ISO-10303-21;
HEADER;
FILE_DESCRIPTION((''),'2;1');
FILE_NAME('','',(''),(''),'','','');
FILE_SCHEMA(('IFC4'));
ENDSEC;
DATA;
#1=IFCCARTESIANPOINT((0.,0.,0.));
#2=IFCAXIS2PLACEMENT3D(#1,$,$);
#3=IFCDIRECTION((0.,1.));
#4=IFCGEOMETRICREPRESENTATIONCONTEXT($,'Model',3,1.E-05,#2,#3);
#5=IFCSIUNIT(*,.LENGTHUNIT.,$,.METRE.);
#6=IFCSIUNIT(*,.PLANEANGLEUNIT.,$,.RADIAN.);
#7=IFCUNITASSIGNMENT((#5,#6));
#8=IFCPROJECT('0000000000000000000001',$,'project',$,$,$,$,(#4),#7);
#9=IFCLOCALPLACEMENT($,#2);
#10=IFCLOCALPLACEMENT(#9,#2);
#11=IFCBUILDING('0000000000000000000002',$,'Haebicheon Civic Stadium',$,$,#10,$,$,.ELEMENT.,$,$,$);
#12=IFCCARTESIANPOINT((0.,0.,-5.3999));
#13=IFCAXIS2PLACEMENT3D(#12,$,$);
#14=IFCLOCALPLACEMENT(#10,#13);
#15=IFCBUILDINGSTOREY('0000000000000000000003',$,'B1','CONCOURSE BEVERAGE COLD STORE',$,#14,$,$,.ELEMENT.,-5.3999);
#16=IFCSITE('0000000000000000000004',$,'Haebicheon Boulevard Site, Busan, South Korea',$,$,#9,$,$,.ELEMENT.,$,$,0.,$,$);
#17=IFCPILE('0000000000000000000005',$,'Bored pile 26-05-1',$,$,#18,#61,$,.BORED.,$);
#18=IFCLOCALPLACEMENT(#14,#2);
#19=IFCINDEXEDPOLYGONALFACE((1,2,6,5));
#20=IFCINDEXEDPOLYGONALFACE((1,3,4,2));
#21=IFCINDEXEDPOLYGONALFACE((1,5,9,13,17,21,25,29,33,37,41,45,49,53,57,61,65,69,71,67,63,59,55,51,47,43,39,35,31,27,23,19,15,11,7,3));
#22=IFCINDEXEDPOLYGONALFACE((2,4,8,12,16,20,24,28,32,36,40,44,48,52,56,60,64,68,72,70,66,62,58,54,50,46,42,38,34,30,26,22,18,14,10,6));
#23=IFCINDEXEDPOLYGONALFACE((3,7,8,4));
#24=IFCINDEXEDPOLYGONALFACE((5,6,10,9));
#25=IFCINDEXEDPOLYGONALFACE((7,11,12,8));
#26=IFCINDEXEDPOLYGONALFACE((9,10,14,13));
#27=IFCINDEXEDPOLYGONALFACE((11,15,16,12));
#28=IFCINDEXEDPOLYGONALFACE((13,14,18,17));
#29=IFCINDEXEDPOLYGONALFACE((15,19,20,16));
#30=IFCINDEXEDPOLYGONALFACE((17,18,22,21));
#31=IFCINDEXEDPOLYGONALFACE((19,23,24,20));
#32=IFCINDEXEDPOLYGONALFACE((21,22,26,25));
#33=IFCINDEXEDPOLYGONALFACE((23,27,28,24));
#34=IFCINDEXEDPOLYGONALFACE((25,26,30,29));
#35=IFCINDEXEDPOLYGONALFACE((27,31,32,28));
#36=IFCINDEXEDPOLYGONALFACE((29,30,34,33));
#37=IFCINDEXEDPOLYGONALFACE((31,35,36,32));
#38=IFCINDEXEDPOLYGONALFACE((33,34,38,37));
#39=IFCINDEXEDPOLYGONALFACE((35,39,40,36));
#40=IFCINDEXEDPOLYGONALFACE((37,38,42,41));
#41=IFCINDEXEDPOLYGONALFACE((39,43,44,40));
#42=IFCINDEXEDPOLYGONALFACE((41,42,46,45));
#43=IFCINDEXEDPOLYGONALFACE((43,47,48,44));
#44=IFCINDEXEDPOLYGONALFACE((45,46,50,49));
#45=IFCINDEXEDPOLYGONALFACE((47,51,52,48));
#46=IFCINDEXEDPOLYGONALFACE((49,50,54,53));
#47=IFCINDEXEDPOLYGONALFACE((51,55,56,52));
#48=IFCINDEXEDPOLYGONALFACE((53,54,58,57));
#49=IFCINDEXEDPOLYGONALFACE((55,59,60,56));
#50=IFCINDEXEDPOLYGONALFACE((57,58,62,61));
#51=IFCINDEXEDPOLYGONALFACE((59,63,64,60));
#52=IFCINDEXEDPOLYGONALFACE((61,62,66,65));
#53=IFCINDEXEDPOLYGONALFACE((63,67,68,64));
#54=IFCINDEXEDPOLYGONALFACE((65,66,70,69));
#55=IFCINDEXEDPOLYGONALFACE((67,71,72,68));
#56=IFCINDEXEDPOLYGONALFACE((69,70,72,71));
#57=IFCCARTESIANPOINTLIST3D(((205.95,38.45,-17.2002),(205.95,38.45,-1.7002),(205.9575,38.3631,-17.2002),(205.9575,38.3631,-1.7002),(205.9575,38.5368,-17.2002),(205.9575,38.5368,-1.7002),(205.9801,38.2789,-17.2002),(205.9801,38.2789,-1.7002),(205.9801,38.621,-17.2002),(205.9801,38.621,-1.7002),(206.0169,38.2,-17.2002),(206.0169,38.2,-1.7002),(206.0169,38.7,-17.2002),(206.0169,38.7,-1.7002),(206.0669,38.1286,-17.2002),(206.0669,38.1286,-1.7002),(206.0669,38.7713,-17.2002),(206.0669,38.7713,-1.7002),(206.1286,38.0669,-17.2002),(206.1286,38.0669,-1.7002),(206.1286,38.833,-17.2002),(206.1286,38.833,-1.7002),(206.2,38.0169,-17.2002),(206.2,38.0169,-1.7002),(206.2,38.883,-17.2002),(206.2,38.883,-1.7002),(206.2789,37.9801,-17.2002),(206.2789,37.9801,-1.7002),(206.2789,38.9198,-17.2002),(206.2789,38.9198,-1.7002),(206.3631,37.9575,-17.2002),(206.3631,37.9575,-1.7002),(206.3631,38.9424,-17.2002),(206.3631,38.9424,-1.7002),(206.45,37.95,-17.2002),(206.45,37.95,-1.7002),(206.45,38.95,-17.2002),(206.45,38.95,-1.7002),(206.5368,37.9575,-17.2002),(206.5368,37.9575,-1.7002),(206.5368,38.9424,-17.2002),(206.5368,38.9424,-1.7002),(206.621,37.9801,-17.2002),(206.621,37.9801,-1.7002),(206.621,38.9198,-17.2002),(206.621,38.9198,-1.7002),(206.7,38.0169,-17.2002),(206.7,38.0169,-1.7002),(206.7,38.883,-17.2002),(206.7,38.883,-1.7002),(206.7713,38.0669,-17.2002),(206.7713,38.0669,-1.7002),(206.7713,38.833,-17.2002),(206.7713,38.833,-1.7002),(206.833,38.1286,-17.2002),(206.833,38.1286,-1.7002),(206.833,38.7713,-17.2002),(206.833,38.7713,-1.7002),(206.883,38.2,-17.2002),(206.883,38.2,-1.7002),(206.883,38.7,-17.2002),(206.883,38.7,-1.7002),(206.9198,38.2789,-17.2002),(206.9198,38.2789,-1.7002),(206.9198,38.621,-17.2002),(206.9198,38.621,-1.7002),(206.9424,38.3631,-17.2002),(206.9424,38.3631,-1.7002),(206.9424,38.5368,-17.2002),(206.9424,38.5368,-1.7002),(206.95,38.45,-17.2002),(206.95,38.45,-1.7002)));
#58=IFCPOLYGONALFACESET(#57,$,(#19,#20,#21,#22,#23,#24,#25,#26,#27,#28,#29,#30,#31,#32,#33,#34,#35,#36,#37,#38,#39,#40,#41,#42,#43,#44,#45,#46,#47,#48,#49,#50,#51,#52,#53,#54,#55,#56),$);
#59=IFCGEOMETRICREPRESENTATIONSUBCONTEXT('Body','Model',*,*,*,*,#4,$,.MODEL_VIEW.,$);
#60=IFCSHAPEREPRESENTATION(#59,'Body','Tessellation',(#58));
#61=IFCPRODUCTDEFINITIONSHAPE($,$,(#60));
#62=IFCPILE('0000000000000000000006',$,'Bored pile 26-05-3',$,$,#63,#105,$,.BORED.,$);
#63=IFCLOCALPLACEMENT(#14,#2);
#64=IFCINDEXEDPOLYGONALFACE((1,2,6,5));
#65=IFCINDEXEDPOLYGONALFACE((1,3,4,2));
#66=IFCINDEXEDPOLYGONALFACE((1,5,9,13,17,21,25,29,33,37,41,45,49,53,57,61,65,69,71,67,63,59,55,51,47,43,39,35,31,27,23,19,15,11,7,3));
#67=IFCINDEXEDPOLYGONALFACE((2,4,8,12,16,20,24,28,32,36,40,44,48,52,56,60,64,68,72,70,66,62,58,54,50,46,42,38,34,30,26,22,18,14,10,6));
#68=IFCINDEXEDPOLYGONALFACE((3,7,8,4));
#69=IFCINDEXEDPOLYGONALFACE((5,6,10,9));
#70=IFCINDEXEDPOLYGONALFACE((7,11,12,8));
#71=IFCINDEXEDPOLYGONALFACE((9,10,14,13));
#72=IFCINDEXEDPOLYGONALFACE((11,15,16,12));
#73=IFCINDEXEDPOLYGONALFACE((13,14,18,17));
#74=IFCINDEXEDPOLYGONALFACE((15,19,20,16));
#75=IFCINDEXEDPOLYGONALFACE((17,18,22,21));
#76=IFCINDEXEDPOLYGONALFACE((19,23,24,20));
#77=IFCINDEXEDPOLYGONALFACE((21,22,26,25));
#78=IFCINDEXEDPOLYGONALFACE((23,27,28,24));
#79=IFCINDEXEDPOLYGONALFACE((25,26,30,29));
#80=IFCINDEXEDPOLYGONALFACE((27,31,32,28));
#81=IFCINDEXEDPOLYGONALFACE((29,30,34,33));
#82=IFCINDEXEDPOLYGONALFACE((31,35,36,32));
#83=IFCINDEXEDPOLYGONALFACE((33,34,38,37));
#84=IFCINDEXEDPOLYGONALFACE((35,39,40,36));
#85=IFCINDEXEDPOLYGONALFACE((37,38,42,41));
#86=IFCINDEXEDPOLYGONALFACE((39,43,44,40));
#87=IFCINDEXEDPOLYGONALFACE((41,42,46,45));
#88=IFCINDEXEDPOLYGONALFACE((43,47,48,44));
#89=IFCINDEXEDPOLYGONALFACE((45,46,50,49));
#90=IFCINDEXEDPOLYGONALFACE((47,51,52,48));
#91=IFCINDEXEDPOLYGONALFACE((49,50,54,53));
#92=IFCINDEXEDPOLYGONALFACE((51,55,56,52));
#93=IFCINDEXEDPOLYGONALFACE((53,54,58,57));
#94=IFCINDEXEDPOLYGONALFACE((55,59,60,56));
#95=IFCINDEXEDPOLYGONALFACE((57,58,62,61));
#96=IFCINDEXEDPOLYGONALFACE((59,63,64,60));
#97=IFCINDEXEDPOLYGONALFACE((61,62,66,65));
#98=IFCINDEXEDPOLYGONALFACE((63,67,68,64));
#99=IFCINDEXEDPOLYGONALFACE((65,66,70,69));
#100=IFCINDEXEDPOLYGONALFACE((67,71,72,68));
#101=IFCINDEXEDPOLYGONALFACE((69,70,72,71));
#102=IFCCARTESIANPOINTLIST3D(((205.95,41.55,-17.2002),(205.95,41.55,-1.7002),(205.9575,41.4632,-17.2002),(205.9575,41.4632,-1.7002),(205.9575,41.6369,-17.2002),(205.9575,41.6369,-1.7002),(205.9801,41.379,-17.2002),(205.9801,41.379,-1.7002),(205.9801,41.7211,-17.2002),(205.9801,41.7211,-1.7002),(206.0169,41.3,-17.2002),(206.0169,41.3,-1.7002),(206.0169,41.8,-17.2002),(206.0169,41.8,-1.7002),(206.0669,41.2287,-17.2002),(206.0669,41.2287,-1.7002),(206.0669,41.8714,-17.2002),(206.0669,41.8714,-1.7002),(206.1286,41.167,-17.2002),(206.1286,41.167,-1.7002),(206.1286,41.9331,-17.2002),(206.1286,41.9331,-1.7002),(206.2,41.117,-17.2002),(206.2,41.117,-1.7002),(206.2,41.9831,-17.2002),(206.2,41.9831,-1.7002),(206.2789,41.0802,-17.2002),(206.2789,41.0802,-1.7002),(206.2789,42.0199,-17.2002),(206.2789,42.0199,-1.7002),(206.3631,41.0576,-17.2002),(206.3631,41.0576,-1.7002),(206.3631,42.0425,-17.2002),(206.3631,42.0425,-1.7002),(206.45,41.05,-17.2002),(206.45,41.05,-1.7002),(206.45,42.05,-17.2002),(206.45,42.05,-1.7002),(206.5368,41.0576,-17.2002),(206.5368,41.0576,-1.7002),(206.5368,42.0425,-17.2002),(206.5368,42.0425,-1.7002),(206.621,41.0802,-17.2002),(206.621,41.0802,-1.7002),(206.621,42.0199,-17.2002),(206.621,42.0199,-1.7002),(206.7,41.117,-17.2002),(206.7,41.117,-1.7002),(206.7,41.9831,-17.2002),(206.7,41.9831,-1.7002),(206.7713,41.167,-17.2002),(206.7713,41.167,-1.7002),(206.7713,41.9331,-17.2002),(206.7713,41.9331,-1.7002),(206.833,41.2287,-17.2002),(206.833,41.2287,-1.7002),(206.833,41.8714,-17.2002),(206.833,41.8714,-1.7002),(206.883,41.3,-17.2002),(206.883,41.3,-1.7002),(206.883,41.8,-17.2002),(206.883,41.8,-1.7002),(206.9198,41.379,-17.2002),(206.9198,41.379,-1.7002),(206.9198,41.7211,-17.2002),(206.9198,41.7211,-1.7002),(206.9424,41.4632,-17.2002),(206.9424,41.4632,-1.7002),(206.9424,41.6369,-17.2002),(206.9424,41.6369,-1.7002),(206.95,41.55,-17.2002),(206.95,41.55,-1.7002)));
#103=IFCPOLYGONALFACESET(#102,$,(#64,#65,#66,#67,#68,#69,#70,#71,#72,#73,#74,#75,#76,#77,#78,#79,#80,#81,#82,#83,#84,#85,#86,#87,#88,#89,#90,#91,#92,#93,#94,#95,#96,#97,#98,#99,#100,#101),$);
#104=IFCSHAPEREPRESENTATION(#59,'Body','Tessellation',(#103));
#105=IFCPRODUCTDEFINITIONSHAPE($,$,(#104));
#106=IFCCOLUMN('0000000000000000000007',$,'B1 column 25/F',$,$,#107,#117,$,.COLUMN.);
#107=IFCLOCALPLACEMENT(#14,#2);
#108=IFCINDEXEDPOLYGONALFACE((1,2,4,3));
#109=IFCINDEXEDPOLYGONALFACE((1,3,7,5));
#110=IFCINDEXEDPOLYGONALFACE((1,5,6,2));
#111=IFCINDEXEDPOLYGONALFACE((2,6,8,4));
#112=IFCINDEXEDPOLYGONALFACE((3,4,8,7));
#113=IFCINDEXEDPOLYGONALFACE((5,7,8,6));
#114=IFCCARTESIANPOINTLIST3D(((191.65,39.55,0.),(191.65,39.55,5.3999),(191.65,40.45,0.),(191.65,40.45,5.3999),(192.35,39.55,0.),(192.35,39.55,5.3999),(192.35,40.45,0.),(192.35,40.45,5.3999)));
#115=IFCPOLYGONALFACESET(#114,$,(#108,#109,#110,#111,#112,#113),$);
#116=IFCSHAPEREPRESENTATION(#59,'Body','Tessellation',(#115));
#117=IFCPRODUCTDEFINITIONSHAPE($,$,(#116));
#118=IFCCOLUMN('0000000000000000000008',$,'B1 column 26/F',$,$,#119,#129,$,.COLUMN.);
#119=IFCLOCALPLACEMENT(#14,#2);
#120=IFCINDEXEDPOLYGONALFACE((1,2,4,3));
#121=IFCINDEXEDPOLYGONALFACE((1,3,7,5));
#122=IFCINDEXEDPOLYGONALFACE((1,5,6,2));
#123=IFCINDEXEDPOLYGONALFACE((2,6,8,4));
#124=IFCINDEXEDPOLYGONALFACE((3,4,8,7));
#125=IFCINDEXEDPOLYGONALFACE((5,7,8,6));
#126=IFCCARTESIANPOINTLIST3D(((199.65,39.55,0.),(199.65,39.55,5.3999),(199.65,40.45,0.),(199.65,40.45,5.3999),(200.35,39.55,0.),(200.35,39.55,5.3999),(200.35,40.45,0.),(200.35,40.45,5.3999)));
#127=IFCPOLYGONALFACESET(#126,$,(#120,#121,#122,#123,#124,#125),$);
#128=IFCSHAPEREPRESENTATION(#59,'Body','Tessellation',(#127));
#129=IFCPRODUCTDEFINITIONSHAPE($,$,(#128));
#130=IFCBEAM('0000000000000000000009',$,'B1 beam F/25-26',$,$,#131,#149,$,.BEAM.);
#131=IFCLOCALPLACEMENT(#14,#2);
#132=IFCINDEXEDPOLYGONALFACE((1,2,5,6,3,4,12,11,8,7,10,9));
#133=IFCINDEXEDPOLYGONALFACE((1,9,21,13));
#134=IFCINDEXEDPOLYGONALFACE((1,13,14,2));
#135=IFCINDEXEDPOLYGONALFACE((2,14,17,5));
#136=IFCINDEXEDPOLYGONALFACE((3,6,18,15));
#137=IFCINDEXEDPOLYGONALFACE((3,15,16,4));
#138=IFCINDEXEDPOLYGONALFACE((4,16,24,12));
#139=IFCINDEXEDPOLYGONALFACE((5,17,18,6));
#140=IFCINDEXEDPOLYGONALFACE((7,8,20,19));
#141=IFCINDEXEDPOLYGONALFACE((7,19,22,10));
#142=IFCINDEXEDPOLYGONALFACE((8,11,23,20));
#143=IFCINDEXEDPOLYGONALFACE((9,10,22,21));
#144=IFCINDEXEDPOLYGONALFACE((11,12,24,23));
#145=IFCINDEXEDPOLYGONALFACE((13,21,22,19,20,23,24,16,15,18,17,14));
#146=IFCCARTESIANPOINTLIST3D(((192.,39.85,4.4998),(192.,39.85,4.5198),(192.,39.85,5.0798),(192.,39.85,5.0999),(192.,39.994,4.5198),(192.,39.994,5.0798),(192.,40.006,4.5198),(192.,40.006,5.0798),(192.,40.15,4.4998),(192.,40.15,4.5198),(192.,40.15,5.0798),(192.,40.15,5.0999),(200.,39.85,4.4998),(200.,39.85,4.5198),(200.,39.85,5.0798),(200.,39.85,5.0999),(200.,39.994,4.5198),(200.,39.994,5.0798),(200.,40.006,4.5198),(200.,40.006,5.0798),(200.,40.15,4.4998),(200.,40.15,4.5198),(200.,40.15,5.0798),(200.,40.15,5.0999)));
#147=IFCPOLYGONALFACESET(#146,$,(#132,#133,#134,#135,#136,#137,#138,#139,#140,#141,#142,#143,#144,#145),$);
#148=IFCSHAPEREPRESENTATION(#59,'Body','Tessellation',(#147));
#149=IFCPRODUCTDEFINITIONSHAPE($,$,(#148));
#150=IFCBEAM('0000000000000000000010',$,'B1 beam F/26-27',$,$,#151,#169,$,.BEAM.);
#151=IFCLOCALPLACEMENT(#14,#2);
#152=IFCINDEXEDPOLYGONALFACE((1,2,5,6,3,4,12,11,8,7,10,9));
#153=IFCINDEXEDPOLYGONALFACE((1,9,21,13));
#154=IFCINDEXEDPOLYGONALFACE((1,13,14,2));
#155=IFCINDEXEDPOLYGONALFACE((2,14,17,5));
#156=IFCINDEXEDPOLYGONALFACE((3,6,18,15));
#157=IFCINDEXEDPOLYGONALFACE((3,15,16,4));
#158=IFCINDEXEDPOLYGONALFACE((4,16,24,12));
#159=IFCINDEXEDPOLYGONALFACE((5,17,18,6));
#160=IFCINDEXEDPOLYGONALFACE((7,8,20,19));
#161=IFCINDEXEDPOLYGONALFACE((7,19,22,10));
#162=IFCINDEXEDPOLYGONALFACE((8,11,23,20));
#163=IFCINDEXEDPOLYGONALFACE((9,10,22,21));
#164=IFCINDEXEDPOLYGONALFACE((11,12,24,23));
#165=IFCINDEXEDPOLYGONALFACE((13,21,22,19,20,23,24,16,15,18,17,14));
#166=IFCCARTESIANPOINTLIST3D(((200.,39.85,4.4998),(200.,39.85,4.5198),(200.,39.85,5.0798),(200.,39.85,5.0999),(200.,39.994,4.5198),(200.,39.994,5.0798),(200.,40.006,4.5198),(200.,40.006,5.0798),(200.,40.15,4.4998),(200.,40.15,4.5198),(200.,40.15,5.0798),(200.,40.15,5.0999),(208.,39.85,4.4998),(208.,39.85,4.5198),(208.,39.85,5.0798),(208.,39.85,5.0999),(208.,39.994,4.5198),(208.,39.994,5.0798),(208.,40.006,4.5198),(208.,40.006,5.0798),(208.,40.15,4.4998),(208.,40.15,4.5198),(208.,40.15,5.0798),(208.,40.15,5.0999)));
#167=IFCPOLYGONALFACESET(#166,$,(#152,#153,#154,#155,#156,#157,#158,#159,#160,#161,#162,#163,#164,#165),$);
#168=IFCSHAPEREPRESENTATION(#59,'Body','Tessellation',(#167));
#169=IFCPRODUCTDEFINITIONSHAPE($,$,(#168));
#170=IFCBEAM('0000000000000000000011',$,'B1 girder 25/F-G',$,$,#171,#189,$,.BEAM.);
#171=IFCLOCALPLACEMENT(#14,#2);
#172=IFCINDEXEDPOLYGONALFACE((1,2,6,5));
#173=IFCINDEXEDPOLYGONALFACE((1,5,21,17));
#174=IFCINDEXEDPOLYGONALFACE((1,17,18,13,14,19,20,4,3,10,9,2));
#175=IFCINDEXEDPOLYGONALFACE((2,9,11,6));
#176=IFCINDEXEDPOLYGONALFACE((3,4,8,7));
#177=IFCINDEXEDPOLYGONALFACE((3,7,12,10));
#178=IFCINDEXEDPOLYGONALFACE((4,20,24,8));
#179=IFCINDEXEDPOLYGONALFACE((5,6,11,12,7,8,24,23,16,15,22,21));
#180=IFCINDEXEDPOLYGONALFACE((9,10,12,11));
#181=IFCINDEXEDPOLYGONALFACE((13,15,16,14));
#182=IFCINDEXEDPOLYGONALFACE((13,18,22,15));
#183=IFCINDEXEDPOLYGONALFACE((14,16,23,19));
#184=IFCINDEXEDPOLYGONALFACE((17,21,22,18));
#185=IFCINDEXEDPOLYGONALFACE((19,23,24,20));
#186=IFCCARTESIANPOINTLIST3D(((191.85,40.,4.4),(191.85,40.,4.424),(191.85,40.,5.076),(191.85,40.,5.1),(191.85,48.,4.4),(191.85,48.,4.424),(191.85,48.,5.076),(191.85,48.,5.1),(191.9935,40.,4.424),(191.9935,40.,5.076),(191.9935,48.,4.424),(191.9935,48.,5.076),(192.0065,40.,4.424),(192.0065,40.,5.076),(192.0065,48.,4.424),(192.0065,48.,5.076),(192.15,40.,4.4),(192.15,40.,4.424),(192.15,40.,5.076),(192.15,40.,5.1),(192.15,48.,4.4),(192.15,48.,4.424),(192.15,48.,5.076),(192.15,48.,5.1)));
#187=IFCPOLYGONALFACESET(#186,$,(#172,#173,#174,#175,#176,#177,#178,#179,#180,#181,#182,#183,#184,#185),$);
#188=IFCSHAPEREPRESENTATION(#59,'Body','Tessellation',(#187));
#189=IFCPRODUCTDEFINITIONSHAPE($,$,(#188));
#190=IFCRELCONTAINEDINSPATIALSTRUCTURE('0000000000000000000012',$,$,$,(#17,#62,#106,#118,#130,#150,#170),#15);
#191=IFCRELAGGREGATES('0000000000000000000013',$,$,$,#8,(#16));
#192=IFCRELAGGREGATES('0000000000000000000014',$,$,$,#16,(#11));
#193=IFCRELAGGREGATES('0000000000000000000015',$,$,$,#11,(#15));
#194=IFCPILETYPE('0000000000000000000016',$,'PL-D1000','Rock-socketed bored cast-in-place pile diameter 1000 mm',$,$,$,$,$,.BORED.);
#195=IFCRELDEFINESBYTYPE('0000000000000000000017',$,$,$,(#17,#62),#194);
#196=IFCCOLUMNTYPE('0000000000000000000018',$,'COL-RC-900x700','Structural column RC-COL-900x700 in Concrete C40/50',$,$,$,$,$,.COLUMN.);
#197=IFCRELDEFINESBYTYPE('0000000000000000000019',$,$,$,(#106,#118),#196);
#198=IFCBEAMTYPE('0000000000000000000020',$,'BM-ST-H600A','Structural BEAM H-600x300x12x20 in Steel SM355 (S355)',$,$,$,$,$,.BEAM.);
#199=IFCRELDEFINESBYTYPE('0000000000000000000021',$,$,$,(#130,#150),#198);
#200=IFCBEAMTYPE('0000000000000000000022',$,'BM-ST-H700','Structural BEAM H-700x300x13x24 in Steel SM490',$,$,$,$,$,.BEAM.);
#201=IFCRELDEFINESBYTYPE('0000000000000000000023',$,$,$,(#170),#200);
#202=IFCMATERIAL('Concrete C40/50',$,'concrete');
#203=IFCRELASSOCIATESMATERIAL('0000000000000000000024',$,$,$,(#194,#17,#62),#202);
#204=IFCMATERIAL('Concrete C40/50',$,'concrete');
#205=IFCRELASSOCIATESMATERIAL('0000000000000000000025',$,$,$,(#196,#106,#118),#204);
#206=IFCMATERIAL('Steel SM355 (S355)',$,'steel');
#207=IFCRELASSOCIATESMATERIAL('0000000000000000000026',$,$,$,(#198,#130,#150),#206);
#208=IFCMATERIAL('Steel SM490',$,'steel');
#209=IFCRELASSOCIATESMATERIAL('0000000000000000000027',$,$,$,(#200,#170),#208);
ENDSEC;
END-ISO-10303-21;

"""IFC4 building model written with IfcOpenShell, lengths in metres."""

from ifc_helpers import new_model, si_unit, direction, frame, origin, origin_2d, place, context, subcontext, project, spatial, rectangle, circle, i_section, extrude, material, material_profile, profile_set, type_object, element, save


model = new_model("IFC4")

# Units and contexts
model_context = context("Model", 3, precision=1e-05, world=origin(), true_north=direction((0.0, 1.0)))
body_context = subcontext(model_context, "Body", "Model", "MODEL_VIEW")
ifc_project = project(units=[si_unit("LENGTHUNIT", "METRE"), si_unit("PLANEANGLEUNIT", "RADIAN")], contexts=[model_context])

# Site, building, storey
site_placement = place(None, origin())
site = spatial("IfcSite", under=ifc_project, at=site_placement, Name="Haebicheon Boulevard Site, Busan, South Korea", CompositionType="ELEMENT", RefElevation=0.0)
building_placement = place(site_placement, origin())
building = spatial("IfcBuilding", under=site, at=building_placement, Name="Haebicheon Civic Stadium", CompositionType="ELEMENT")
storey_placement = place(building_placement, frame((0.0, 0.0, -5.3999)))
storey = spatial("IfcBuildingStorey", under=building, at=storey_placement, Name="B1", Description="CONCOURSE BEVERAGE COLD STORE", CompositionType="ELEMENT", Elevation=-5.3999)

# Piles
ifc_material_1 = material(Name="Concrete C40/50", Category="concrete")
ifc_material_profile_1 = material_profile(ifc_material_1, circle(Radius=0.5, at=origin_2d()), Name="PILE-D1000")
ifc_profile_set_1 = profile_set([ifc_material_profile_1], Name="Concrete C40/50")
pile_type = type_object("IfcPileType", Name="PL-D1000", Description="Rock-socketed bored cast-in-place pile diameter 1000 mm", PredefinedType="BORED", material=ifc_profile_set_1)
for number, where, z_axis, x_axis, name in (
    (1, (206.45, 38.45, -1.7002), (0.0, 0.0, -1.0), (1.0, 0.0, 0.0), "Bored pile 26-05-1"),
    (2, (206.45, 41.55, -1.7002), (0.0, 0.0, -1.0), (1.0, 0.0, 0.0), "Bored pile 26-05-3"),
):
    element("IfcPile", number, at=place(storey_placement, frame(where, z_axis=z_axis, x_axis=x_axis)), inside=storey, type_object=pile_type, material=ifc_profile_set_1, Name=name, PredefinedType="BORED", context=body_context, shape_type="SweptSolid", body=[
        extrude(circle(Radius=0.5, at=origin_2d()), origin(), (0.0, 0.0, 1.0), 15.5),
    ])

# Columns
ifc_material_2 = material(Name="Concrete C40/50", Category="concrete")
ifc_material_profile_2 = material_profile(ifc_material_2, rectangle(XDim=0.7, YDim=0.8999, at=origin_2d()), Name="RC-COL-900x700")
ifc_profile_set_2 = profile_set([ifc_material_profile_2], Name="Concrete C40/50")
column_type = type_object("IfcColumnType", Name="COL-RC-900x700", Description="Structural column RC-COL-900x700 in Concrete C40/50", PredefinedType="COLUMN", material=ifc_profile_set_2)
for number, where, z_axis, x_axis, name in (
    (3, (192.0, 40.0, 0.0), (0.0, 0.0, 1.0), (1.0, 0.0, 0.0), "B1 column 25/F"),
    (4, (200.0, 40.0, 0.0), (0.0, 0.0, 1.0), (1.0, 0.0, 0.0), "B1 column 26/F"),
):
    element("IfcColumn", number, at=place(storey_placement, frame(where, z_axis=z_axis, x_axis=x_axis)), inside=storey, type_object=column_type, material=ifc_profile_set_2, Name=name, PredefinedType="COLUMN", context=body_context, shape_type="SweptSolid", body=[
        extrude(rectangle(XDim=0.7, YDim=0.8999, at=origin_2d()), origin(), (0.0, 0.0, 1.0), 5.3999),
    ])

# Beams
ifc_material_3 = material(Name="Steel SM355 (S355)", Category="steel")
ifc_material_profile_3 = material_profile(ifc_material_3, i_section(OverallWidth=0.3, OverallDepth=0.6001, WebThickness=0.012, FlangeThickness=0.02, at=origin_2d()), Name="H-600x300x12x20")
ifc_profile_set_3 = profile_set([ifc_material_profile_3], Name="Steel SM355 (S355)")
beam_type_1 = type_object("IfcBeamType", Name="BM-ST-H600A", Description="Structural BEAM H-600x300x12x20 in Steel SM355 (S355)", PredefinedType="BEAM", material=ifc_profile_set_3)
for number, where, z_axis, x_axis, name in (
    (5, (192.0, 40.0, 4.7998), (1.0, 0.0, 0.0), (0.0, 1.0, 0.0), "B1 beam F/25-26"),
    (6, (200.0, 40.0, 4.7998), (1.0, 0.0, 0.0), (0.0, 1.0, 0.0), "B1 beam F/26-27"),
):
    element("IfcBeam", number, at=place(storey_placement, frame(where, z_axis=z_axis, x_axis=x_axis)), inside=storey, type_object=beam_type_1, material=ifc_profile_set_3, Name=name, PredefinedType="BEAM", context=body_context, shape_type="SweptSolid", body=[
        extrude(i_section(OverallWidth=0.3, OverallDepth=0.6001, WebThickness=0.012, FlangeThickness=0.02, at=origin_2d()), origin(), (0.0, 0.0, 1.0), 8.0),
    ])
ifc_material_4 = material(Name="Steel SM490", Category="steel")
ifc_material_profile_4 = material_profile(ifc_material_4, i_section(OverallWidth=0.3, OverallDepth=0.7, WebThickness=0.0129, FlangeThickness=0.0239, at=origin_2d()), Name="H-700x300x13x24")
ifc_profile_set_4 = profile_set([ifc_material_profile_4], Name="Steel SM490")
beam_type_2 = type_object("IfcBeamType", Name="BM-ST-H700", Description="Structural BEAM H-700x300x13x24 in Steel SM490", PredefinedType="BEAM", material=ifc_profile_set_4)
for number, where, z_axis, x_axis, name in (
    (7, (192.0, 40.0, 4.75), (0.0, 1.0, 0.0), (-1.0, 0.0, 0.0), "B1 girder 25/F-G"),
):
    element("IfcBeam", number, at=place(storey_placement, frame(where, z_axis=z_axis, x_axis=x_axis)), inside=storey, type_object=beam_type_2, material=ifc_profile_set_4, Name=name, PredefinedType="BEAM", context=body_context, shape_type="SweptSolid", body=[
        extrude(i_section(OverallWidth=0.3, OverallDepth=0.7, WebThickness=0.0129, FlangeThickness=0.0239, at=origin_2d()), origin(), (0.0, 0.0, 1.0), 8.0),
    ])

save(model, "model.ifc")
